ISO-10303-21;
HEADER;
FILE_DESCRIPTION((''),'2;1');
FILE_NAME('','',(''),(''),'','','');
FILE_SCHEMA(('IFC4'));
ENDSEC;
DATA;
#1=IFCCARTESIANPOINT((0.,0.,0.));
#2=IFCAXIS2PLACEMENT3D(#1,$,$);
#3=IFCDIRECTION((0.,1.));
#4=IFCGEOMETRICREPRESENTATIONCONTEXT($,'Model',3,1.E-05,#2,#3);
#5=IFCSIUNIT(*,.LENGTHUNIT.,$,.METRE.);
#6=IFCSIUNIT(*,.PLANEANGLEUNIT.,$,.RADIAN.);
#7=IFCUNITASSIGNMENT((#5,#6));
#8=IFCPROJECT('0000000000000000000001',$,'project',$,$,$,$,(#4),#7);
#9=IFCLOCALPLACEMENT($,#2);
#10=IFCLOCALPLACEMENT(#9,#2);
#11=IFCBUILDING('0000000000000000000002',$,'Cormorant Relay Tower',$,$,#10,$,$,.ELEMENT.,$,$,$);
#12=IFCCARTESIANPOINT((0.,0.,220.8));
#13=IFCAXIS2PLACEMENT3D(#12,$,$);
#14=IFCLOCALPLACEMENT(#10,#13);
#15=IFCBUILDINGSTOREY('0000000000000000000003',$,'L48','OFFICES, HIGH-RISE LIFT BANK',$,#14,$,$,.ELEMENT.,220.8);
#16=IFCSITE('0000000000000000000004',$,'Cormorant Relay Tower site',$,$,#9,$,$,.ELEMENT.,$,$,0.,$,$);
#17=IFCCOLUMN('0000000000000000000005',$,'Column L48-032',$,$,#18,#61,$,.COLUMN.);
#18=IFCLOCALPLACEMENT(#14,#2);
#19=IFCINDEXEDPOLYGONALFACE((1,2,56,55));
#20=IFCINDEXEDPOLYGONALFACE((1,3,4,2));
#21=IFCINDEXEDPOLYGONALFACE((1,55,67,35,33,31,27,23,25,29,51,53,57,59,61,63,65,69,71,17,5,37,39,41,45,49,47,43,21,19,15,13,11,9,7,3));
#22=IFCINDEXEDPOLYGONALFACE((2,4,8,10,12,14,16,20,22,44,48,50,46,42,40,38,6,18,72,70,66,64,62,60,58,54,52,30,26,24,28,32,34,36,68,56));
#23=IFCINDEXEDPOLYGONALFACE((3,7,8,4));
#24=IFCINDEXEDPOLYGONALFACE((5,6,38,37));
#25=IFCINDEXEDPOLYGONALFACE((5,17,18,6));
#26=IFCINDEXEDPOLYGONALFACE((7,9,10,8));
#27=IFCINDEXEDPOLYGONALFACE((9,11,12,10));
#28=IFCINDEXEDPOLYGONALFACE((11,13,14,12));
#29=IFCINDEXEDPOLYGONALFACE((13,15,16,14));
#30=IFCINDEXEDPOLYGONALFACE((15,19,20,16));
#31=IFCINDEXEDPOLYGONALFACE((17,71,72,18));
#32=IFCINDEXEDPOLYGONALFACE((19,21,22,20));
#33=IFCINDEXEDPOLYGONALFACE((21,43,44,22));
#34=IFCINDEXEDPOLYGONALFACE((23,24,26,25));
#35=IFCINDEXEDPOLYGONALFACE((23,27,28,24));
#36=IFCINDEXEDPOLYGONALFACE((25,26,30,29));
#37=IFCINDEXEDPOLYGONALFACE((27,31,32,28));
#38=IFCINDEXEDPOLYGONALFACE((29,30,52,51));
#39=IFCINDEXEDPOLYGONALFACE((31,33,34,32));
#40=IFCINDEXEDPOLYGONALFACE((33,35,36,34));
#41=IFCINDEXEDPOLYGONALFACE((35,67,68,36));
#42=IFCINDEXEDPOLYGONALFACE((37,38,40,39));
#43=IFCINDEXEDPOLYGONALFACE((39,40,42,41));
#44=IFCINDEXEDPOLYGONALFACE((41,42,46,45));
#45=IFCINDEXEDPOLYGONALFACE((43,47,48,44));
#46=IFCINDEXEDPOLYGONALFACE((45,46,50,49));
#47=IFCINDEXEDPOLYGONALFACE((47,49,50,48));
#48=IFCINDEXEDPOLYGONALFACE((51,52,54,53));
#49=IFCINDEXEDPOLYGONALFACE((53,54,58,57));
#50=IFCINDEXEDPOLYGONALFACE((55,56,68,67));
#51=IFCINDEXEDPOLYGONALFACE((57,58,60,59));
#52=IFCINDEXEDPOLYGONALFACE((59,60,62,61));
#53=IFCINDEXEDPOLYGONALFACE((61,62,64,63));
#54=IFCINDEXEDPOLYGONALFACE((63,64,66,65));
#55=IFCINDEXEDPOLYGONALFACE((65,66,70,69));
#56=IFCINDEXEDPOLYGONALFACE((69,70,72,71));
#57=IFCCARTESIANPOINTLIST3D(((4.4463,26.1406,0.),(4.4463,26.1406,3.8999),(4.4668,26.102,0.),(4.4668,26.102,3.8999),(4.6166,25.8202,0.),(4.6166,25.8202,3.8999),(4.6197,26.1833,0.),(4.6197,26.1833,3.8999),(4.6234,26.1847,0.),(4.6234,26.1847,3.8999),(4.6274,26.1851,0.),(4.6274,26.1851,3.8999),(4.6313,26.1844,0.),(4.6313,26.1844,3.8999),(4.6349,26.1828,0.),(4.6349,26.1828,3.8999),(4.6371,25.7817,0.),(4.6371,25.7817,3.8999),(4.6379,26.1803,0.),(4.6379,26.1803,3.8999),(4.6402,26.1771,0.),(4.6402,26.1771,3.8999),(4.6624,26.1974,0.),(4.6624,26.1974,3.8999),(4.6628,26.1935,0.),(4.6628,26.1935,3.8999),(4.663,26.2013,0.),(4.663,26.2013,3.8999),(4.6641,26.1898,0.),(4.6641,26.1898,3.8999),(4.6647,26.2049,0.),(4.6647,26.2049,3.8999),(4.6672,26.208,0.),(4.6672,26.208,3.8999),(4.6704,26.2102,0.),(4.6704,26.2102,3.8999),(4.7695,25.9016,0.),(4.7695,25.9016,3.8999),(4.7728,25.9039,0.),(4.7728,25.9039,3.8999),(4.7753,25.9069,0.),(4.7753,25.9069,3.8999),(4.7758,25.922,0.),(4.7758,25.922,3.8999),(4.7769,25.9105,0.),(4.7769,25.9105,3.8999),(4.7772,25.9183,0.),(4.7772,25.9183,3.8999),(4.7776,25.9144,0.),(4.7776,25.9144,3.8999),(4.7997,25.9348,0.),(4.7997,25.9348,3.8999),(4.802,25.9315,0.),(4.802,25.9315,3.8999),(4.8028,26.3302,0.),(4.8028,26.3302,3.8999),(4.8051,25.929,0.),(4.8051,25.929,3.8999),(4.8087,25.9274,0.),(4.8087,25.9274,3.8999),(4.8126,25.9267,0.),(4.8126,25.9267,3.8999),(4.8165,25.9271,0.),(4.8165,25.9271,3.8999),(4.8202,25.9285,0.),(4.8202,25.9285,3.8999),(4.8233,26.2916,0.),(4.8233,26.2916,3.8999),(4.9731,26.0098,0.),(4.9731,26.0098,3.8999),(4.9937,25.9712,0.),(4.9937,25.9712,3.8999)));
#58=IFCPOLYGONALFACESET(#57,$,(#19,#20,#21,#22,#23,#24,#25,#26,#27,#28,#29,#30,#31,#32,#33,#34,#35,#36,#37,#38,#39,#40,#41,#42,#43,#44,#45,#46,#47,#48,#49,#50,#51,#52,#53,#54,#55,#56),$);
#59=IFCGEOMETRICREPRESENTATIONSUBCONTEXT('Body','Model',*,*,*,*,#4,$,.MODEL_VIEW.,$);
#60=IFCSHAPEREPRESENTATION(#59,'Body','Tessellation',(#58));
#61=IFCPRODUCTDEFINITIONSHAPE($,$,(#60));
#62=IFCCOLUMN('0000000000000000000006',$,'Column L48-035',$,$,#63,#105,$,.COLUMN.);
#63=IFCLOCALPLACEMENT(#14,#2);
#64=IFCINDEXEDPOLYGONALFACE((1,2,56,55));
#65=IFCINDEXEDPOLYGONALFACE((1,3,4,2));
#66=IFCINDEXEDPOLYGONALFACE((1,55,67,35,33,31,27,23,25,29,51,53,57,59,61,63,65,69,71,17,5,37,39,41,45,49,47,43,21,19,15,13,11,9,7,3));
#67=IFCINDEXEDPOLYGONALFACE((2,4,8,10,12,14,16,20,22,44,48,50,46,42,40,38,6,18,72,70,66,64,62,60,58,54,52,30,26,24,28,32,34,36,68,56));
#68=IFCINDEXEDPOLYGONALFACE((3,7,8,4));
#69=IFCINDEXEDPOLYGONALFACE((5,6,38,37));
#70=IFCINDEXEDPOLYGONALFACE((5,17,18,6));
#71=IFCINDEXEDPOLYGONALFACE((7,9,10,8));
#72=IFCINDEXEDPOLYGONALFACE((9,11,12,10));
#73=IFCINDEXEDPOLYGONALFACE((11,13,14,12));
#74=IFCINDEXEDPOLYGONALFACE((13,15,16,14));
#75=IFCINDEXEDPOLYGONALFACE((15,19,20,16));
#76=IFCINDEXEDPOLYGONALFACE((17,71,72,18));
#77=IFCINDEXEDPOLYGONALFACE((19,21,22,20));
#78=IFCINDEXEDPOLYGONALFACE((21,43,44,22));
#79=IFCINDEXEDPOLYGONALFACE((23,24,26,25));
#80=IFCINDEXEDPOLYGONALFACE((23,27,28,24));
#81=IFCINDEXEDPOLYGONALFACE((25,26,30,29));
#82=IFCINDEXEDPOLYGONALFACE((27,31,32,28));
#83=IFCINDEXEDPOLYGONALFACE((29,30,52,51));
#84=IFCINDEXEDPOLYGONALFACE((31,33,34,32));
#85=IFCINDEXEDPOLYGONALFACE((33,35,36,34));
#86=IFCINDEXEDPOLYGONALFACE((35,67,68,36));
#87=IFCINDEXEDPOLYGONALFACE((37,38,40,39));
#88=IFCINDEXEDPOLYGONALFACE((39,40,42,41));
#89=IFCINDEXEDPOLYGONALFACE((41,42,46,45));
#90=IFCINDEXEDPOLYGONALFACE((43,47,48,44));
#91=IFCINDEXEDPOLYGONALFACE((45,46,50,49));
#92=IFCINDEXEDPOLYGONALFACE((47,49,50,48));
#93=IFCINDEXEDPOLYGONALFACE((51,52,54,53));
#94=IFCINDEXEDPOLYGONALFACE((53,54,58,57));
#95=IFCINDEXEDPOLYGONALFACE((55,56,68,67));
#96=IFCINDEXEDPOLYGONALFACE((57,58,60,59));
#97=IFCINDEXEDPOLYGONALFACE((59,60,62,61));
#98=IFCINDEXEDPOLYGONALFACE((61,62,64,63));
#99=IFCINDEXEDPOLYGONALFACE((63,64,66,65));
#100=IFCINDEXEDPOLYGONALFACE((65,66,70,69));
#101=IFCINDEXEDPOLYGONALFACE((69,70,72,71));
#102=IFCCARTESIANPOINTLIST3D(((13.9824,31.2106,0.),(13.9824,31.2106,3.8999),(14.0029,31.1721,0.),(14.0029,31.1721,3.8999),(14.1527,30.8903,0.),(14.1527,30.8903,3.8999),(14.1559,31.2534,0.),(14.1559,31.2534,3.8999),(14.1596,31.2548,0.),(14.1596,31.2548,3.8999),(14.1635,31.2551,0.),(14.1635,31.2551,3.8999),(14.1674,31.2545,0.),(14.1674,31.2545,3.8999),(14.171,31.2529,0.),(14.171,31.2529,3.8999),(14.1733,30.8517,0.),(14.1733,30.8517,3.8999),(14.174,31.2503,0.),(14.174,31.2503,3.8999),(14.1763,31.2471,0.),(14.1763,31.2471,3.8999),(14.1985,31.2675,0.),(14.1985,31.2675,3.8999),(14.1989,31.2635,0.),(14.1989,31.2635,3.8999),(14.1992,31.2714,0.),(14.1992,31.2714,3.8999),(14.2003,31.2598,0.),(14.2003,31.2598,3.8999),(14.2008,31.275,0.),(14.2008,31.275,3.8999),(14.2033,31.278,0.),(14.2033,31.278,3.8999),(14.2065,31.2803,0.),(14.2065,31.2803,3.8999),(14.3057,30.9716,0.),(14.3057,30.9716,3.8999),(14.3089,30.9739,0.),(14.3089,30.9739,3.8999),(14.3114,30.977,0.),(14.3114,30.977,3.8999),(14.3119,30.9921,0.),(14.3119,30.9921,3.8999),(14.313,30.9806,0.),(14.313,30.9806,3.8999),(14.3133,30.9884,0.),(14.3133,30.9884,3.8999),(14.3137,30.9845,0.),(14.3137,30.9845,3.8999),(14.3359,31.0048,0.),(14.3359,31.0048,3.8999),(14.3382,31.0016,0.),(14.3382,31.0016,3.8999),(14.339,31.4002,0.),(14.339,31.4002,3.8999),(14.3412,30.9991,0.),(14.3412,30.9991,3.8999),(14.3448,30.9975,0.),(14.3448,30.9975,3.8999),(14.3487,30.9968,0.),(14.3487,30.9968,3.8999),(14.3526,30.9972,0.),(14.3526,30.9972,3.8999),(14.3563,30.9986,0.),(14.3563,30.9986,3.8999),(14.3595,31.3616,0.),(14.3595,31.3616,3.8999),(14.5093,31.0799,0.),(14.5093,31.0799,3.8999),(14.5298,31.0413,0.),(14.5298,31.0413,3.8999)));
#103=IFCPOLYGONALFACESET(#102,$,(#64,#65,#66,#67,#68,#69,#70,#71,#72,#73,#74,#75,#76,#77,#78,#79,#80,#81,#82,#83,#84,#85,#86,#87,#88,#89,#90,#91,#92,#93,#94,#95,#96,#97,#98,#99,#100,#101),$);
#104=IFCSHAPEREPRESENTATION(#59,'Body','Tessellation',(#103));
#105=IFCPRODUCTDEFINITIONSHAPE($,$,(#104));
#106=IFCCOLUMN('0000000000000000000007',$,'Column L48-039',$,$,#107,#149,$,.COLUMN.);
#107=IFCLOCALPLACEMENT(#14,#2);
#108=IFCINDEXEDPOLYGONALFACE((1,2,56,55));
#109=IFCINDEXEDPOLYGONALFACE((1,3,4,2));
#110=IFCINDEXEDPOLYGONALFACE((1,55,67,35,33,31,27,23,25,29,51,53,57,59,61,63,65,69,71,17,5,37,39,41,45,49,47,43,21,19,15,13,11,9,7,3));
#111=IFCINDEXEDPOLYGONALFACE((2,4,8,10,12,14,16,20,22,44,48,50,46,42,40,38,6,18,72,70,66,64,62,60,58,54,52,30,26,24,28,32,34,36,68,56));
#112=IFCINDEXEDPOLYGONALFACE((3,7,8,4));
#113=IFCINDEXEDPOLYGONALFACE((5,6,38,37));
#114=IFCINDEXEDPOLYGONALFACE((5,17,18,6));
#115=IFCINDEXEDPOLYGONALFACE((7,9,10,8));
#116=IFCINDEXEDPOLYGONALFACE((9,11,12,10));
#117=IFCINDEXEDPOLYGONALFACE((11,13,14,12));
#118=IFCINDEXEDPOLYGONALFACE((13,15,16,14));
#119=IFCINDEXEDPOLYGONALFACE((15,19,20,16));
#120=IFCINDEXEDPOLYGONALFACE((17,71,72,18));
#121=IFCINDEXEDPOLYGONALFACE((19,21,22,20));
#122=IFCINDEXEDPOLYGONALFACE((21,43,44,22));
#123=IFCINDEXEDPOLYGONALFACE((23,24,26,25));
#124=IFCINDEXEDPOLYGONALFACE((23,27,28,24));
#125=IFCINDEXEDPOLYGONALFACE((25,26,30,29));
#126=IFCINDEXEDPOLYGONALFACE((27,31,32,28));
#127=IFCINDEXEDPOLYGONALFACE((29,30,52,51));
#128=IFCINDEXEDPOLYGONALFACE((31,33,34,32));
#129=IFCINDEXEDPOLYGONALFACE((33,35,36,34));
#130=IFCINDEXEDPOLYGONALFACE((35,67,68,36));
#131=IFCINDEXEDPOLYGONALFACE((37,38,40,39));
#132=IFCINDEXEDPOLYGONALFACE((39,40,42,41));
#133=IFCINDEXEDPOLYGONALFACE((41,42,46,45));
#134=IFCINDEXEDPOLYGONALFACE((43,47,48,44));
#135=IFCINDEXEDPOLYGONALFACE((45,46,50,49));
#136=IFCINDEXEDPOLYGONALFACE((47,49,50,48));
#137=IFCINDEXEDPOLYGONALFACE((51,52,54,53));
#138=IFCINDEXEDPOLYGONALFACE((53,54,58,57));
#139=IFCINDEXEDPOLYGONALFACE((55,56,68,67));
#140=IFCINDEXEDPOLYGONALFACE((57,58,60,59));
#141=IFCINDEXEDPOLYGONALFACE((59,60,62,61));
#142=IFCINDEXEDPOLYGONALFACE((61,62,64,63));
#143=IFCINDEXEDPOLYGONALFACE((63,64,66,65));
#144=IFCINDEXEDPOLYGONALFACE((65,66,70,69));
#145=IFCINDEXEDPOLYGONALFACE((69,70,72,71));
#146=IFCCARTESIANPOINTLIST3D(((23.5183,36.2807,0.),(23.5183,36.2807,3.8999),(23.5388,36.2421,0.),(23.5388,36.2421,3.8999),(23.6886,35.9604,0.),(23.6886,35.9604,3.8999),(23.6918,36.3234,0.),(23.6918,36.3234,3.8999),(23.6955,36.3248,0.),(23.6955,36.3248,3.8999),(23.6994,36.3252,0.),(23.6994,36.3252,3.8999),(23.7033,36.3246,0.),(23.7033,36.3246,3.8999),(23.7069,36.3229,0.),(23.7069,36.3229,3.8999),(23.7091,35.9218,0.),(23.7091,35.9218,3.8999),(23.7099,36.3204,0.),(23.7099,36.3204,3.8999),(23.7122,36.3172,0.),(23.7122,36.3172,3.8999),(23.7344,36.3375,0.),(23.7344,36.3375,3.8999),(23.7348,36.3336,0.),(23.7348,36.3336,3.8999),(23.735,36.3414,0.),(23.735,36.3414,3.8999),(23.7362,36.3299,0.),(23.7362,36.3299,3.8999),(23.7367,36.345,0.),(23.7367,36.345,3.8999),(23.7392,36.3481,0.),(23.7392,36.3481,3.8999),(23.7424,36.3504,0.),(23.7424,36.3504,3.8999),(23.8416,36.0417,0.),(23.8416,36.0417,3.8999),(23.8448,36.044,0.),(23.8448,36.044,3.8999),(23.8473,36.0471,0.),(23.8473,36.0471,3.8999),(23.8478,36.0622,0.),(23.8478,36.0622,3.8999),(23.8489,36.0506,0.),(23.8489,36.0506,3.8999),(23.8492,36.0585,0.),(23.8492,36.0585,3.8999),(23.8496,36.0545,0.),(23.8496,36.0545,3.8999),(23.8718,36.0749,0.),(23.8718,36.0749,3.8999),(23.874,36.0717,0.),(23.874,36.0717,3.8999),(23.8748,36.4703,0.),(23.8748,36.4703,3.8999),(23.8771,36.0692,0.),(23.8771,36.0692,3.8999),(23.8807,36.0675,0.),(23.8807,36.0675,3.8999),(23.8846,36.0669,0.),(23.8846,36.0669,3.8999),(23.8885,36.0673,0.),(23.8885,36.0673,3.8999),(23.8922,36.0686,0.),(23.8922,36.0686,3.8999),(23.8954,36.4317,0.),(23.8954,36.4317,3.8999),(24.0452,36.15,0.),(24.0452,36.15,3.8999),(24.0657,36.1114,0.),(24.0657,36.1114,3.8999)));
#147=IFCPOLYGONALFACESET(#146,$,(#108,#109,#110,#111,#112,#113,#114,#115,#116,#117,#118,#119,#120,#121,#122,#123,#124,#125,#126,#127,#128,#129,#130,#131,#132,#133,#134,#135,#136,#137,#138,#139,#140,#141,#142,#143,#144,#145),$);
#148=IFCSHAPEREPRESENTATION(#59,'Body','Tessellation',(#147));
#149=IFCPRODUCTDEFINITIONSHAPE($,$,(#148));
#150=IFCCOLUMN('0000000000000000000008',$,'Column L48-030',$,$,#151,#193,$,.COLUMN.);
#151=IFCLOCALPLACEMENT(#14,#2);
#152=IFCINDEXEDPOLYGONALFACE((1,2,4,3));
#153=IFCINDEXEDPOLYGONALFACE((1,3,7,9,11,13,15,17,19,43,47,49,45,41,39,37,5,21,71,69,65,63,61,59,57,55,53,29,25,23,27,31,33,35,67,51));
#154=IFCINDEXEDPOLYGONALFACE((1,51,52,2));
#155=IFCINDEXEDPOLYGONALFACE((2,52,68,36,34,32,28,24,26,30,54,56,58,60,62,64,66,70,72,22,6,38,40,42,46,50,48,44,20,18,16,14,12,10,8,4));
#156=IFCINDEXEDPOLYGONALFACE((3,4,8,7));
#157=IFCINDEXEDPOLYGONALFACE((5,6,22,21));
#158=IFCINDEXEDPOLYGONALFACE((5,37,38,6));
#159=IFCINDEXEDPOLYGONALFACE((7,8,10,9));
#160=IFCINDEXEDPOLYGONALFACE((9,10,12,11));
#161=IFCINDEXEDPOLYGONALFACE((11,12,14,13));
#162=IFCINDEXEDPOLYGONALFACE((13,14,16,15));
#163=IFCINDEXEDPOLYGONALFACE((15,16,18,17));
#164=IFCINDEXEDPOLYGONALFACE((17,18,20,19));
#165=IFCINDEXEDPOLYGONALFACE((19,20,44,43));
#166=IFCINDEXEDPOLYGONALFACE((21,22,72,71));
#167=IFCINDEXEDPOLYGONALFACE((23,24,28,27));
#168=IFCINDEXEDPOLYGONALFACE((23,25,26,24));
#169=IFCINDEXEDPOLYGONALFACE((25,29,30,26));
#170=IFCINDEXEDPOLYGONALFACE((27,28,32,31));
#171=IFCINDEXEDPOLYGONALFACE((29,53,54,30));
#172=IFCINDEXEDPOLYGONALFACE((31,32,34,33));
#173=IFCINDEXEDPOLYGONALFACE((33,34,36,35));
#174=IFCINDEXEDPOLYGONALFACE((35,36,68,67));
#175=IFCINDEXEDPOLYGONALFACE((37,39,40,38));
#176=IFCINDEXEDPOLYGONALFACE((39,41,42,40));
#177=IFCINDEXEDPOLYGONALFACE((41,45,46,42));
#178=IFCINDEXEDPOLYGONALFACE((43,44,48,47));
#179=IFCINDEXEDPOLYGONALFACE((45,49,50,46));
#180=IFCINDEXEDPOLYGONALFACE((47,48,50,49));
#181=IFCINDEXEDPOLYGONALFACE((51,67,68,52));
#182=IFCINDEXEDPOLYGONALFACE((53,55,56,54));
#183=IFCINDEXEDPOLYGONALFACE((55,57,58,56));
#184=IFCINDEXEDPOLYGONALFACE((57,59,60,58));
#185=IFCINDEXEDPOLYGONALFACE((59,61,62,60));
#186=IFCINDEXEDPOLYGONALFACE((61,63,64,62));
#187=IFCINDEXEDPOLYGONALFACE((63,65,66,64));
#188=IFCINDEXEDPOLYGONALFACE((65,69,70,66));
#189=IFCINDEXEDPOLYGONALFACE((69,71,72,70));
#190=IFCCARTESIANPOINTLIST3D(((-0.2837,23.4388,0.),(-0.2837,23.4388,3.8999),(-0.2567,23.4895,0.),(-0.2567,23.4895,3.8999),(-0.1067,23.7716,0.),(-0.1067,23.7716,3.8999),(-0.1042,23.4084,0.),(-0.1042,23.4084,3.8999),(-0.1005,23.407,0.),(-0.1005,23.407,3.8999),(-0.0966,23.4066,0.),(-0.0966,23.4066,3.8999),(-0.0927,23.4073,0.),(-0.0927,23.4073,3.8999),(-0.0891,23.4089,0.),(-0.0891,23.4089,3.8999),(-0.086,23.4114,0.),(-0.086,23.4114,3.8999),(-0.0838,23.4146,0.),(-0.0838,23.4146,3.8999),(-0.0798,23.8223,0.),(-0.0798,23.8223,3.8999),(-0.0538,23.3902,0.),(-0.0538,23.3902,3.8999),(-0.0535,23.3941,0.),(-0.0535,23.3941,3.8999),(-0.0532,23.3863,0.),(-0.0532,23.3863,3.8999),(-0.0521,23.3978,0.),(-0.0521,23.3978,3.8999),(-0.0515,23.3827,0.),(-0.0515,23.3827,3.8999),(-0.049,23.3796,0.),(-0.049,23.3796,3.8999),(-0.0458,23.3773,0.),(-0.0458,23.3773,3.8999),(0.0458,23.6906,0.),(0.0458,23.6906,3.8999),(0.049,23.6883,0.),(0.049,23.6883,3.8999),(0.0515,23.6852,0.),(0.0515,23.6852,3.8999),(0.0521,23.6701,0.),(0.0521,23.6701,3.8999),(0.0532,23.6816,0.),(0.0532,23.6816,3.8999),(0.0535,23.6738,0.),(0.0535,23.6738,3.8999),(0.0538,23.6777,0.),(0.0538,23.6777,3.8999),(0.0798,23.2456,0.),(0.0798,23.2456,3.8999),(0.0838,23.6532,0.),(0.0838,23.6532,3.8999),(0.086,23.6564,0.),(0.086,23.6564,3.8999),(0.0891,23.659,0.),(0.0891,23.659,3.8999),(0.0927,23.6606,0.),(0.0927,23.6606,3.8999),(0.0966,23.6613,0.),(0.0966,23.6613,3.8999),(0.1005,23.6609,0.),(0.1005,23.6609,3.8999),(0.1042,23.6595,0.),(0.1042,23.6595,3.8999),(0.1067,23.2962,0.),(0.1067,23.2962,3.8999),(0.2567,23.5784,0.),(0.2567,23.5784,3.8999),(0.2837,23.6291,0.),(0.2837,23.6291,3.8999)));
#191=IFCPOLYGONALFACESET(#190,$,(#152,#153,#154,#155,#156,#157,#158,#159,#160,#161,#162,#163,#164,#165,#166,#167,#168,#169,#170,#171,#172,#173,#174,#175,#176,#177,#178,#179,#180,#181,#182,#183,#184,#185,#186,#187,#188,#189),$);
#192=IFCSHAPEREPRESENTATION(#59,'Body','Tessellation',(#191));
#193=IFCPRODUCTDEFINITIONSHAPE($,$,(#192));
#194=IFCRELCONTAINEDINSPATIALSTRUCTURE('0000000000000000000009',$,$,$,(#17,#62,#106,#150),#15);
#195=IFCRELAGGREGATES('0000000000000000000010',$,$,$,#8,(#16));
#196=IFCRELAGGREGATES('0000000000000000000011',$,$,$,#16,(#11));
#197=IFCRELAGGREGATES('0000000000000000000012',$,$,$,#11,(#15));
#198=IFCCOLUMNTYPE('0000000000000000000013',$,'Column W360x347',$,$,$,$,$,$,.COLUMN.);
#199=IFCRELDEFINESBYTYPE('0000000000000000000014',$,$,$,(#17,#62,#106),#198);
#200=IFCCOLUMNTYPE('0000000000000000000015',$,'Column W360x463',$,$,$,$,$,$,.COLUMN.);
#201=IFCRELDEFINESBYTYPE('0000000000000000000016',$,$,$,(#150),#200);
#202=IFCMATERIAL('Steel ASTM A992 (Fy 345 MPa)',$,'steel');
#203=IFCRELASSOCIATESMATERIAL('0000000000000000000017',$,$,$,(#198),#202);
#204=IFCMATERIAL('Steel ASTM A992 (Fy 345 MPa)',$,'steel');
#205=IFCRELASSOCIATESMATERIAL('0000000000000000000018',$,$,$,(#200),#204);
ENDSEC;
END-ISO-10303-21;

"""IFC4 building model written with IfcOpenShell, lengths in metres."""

from ifc_helpers import new_model, si_unit, direction, frame, origin, origin_2d, place, context, subcontext, project, spatial, i_section, extrude, material, material_profile, profile_set, type_object, element, save


model = new_model("IFC4")

# Units and contexts
model_context = context("Model", 3, precision=1e-05, world=origin(), true_north=direction((0.0, 1.0)))
body_context = subcontext(model_context, "Body", "Model", "MODEL_VIEW")
ifc_project = project(units=[si_unit("LENGTHUNIT", "METRE"), si_unit("PLANEANGLEUNIT", "RADIAN")], contexts=[model_context])

# Site, building, storey
site_placement = place(None, origin())
site = spatial("IfcSite", under=ifc_project, at=site_placement, Name="Cormorant Relay Tower site", CompositionType="ELEMENT", RefElevation=0.0)
building_placement = place(site_placement, origin())
building = spatial("IfcBuilding", under=site, at=building_placement, Name="Cormorant Relay Tower", CompositionType="ELEMENT")
storey_placement = place(building_placement, frame((0.0, 0.0, 220.8)))
storey = spatial("IfcBuildingStorey", under=building, at=storey_placement, Name="L48", Description="OFFICES, HIGH-RISE LIFT BANK", CompositionType="ELEMENT", Elevation=220.8)

# Columns
ifc_material_1 = material(Name="Steel ASTM A992 (Fy 345 MPa)", Category="steel")
ifc_material_profile_1 = material_profile(ifc_material_1, i_section(OverallWidth=0.4038, OverallDepth=0.4065, WebThickness=0.0271, FlangeThickness=0.0437, FilletRadius=0.0151, at=origin_2d()), Name="W360x347")
ifc_profile_set_1 = profile_set([ifc_material_profile_1], Name="Steel ASTM A992 (Fy 345 MPa)")
column_type_1 = type_object("IfcColumnType", Name="Column W360x347", PredefinedType="COLUMN", material=ifc_profile_set_1)
for number, where, z_axis, x_axis, name in (
    (1, (4.72, 26.0559, 0.0), (0.0, 0.0, 1.0), (-0.882948, -0.469472, 0.0), "Column L48-032"),
    (2, (14.2561, 31.126, 0.0), (0.0, 0.0, 1.0), (-0.882948, -0.469472, 0.0), "Column L48-035"),
    (3, (23.792, 36.196, 0.0), (0.0, 0.0, 1.0), (-0.882948, -0.469472, 0.0), "Column L48-039"),
):
    element("IfcColumn", number, at=place(storey_placement, frame(where, z_axis=z_axis, x_axis=x_axis)), inside=storey, type_object=column_type_1, Name=name, PredefinedType="COLUMN", context=body_context, shape_type="SweptSolid", body=[
        extrude(i_section(OverallWidth=0.4038, OverallDepth=0.4065, WebThickness=0.0271, FlangeThickness=0.0437, FilletRadius=0.0151, at=origin_2d()), origin(), (0.0, 0.0, 1.0), 3.8999),
    ])
ifc_material_2 = material(Name="Steel ASTM A992 (Fy 345 MPa)", Category="steel")
ifc_material_profile_2 = material_profile(ifc_material_2, i_section(OverallWidth=0.4116, OverallDepth=0.4343, WebThickness=0.0359, FlangeThickness=0.0574, FilletRadius=0.0151, at=origin_2d()), Name="W360x463")
ifc_profile_set_2 = profile_set([ifc_material_profile_2], Name="Steel ASTM A992 (Fy 345 MPa)")
column_type_2 = type_object("IfcColumnType", Name="Column W360x463", PredefinedType="COLUMN", material=ifc_profile_set_2)
column_placement = place(storey_placement, frame((0.0, 23.5339, 0.0), z_axis=(0.0, 0.0, 1.0), x_axis=(-0.882948, 0.469472, 0.0)))
element("IfcColumn", 4, at=column_placement, inside=storey, type_object=column_type_2, Name="Column L48-030", PredefinedType="COLUMN", context=body_context, shape_type="SweptSolid", body=[
    extrude(i_section(OverallWidth=0.4116, OverallDepth=0.4343, WebThickness=0.0359, FlangeThickness=0.0574, FilletRadius=0.0151, at=origin_2d()), origin(), (0.0, 0.0, 1.0), 3.8999),
])

save(model, "model.ifc")
